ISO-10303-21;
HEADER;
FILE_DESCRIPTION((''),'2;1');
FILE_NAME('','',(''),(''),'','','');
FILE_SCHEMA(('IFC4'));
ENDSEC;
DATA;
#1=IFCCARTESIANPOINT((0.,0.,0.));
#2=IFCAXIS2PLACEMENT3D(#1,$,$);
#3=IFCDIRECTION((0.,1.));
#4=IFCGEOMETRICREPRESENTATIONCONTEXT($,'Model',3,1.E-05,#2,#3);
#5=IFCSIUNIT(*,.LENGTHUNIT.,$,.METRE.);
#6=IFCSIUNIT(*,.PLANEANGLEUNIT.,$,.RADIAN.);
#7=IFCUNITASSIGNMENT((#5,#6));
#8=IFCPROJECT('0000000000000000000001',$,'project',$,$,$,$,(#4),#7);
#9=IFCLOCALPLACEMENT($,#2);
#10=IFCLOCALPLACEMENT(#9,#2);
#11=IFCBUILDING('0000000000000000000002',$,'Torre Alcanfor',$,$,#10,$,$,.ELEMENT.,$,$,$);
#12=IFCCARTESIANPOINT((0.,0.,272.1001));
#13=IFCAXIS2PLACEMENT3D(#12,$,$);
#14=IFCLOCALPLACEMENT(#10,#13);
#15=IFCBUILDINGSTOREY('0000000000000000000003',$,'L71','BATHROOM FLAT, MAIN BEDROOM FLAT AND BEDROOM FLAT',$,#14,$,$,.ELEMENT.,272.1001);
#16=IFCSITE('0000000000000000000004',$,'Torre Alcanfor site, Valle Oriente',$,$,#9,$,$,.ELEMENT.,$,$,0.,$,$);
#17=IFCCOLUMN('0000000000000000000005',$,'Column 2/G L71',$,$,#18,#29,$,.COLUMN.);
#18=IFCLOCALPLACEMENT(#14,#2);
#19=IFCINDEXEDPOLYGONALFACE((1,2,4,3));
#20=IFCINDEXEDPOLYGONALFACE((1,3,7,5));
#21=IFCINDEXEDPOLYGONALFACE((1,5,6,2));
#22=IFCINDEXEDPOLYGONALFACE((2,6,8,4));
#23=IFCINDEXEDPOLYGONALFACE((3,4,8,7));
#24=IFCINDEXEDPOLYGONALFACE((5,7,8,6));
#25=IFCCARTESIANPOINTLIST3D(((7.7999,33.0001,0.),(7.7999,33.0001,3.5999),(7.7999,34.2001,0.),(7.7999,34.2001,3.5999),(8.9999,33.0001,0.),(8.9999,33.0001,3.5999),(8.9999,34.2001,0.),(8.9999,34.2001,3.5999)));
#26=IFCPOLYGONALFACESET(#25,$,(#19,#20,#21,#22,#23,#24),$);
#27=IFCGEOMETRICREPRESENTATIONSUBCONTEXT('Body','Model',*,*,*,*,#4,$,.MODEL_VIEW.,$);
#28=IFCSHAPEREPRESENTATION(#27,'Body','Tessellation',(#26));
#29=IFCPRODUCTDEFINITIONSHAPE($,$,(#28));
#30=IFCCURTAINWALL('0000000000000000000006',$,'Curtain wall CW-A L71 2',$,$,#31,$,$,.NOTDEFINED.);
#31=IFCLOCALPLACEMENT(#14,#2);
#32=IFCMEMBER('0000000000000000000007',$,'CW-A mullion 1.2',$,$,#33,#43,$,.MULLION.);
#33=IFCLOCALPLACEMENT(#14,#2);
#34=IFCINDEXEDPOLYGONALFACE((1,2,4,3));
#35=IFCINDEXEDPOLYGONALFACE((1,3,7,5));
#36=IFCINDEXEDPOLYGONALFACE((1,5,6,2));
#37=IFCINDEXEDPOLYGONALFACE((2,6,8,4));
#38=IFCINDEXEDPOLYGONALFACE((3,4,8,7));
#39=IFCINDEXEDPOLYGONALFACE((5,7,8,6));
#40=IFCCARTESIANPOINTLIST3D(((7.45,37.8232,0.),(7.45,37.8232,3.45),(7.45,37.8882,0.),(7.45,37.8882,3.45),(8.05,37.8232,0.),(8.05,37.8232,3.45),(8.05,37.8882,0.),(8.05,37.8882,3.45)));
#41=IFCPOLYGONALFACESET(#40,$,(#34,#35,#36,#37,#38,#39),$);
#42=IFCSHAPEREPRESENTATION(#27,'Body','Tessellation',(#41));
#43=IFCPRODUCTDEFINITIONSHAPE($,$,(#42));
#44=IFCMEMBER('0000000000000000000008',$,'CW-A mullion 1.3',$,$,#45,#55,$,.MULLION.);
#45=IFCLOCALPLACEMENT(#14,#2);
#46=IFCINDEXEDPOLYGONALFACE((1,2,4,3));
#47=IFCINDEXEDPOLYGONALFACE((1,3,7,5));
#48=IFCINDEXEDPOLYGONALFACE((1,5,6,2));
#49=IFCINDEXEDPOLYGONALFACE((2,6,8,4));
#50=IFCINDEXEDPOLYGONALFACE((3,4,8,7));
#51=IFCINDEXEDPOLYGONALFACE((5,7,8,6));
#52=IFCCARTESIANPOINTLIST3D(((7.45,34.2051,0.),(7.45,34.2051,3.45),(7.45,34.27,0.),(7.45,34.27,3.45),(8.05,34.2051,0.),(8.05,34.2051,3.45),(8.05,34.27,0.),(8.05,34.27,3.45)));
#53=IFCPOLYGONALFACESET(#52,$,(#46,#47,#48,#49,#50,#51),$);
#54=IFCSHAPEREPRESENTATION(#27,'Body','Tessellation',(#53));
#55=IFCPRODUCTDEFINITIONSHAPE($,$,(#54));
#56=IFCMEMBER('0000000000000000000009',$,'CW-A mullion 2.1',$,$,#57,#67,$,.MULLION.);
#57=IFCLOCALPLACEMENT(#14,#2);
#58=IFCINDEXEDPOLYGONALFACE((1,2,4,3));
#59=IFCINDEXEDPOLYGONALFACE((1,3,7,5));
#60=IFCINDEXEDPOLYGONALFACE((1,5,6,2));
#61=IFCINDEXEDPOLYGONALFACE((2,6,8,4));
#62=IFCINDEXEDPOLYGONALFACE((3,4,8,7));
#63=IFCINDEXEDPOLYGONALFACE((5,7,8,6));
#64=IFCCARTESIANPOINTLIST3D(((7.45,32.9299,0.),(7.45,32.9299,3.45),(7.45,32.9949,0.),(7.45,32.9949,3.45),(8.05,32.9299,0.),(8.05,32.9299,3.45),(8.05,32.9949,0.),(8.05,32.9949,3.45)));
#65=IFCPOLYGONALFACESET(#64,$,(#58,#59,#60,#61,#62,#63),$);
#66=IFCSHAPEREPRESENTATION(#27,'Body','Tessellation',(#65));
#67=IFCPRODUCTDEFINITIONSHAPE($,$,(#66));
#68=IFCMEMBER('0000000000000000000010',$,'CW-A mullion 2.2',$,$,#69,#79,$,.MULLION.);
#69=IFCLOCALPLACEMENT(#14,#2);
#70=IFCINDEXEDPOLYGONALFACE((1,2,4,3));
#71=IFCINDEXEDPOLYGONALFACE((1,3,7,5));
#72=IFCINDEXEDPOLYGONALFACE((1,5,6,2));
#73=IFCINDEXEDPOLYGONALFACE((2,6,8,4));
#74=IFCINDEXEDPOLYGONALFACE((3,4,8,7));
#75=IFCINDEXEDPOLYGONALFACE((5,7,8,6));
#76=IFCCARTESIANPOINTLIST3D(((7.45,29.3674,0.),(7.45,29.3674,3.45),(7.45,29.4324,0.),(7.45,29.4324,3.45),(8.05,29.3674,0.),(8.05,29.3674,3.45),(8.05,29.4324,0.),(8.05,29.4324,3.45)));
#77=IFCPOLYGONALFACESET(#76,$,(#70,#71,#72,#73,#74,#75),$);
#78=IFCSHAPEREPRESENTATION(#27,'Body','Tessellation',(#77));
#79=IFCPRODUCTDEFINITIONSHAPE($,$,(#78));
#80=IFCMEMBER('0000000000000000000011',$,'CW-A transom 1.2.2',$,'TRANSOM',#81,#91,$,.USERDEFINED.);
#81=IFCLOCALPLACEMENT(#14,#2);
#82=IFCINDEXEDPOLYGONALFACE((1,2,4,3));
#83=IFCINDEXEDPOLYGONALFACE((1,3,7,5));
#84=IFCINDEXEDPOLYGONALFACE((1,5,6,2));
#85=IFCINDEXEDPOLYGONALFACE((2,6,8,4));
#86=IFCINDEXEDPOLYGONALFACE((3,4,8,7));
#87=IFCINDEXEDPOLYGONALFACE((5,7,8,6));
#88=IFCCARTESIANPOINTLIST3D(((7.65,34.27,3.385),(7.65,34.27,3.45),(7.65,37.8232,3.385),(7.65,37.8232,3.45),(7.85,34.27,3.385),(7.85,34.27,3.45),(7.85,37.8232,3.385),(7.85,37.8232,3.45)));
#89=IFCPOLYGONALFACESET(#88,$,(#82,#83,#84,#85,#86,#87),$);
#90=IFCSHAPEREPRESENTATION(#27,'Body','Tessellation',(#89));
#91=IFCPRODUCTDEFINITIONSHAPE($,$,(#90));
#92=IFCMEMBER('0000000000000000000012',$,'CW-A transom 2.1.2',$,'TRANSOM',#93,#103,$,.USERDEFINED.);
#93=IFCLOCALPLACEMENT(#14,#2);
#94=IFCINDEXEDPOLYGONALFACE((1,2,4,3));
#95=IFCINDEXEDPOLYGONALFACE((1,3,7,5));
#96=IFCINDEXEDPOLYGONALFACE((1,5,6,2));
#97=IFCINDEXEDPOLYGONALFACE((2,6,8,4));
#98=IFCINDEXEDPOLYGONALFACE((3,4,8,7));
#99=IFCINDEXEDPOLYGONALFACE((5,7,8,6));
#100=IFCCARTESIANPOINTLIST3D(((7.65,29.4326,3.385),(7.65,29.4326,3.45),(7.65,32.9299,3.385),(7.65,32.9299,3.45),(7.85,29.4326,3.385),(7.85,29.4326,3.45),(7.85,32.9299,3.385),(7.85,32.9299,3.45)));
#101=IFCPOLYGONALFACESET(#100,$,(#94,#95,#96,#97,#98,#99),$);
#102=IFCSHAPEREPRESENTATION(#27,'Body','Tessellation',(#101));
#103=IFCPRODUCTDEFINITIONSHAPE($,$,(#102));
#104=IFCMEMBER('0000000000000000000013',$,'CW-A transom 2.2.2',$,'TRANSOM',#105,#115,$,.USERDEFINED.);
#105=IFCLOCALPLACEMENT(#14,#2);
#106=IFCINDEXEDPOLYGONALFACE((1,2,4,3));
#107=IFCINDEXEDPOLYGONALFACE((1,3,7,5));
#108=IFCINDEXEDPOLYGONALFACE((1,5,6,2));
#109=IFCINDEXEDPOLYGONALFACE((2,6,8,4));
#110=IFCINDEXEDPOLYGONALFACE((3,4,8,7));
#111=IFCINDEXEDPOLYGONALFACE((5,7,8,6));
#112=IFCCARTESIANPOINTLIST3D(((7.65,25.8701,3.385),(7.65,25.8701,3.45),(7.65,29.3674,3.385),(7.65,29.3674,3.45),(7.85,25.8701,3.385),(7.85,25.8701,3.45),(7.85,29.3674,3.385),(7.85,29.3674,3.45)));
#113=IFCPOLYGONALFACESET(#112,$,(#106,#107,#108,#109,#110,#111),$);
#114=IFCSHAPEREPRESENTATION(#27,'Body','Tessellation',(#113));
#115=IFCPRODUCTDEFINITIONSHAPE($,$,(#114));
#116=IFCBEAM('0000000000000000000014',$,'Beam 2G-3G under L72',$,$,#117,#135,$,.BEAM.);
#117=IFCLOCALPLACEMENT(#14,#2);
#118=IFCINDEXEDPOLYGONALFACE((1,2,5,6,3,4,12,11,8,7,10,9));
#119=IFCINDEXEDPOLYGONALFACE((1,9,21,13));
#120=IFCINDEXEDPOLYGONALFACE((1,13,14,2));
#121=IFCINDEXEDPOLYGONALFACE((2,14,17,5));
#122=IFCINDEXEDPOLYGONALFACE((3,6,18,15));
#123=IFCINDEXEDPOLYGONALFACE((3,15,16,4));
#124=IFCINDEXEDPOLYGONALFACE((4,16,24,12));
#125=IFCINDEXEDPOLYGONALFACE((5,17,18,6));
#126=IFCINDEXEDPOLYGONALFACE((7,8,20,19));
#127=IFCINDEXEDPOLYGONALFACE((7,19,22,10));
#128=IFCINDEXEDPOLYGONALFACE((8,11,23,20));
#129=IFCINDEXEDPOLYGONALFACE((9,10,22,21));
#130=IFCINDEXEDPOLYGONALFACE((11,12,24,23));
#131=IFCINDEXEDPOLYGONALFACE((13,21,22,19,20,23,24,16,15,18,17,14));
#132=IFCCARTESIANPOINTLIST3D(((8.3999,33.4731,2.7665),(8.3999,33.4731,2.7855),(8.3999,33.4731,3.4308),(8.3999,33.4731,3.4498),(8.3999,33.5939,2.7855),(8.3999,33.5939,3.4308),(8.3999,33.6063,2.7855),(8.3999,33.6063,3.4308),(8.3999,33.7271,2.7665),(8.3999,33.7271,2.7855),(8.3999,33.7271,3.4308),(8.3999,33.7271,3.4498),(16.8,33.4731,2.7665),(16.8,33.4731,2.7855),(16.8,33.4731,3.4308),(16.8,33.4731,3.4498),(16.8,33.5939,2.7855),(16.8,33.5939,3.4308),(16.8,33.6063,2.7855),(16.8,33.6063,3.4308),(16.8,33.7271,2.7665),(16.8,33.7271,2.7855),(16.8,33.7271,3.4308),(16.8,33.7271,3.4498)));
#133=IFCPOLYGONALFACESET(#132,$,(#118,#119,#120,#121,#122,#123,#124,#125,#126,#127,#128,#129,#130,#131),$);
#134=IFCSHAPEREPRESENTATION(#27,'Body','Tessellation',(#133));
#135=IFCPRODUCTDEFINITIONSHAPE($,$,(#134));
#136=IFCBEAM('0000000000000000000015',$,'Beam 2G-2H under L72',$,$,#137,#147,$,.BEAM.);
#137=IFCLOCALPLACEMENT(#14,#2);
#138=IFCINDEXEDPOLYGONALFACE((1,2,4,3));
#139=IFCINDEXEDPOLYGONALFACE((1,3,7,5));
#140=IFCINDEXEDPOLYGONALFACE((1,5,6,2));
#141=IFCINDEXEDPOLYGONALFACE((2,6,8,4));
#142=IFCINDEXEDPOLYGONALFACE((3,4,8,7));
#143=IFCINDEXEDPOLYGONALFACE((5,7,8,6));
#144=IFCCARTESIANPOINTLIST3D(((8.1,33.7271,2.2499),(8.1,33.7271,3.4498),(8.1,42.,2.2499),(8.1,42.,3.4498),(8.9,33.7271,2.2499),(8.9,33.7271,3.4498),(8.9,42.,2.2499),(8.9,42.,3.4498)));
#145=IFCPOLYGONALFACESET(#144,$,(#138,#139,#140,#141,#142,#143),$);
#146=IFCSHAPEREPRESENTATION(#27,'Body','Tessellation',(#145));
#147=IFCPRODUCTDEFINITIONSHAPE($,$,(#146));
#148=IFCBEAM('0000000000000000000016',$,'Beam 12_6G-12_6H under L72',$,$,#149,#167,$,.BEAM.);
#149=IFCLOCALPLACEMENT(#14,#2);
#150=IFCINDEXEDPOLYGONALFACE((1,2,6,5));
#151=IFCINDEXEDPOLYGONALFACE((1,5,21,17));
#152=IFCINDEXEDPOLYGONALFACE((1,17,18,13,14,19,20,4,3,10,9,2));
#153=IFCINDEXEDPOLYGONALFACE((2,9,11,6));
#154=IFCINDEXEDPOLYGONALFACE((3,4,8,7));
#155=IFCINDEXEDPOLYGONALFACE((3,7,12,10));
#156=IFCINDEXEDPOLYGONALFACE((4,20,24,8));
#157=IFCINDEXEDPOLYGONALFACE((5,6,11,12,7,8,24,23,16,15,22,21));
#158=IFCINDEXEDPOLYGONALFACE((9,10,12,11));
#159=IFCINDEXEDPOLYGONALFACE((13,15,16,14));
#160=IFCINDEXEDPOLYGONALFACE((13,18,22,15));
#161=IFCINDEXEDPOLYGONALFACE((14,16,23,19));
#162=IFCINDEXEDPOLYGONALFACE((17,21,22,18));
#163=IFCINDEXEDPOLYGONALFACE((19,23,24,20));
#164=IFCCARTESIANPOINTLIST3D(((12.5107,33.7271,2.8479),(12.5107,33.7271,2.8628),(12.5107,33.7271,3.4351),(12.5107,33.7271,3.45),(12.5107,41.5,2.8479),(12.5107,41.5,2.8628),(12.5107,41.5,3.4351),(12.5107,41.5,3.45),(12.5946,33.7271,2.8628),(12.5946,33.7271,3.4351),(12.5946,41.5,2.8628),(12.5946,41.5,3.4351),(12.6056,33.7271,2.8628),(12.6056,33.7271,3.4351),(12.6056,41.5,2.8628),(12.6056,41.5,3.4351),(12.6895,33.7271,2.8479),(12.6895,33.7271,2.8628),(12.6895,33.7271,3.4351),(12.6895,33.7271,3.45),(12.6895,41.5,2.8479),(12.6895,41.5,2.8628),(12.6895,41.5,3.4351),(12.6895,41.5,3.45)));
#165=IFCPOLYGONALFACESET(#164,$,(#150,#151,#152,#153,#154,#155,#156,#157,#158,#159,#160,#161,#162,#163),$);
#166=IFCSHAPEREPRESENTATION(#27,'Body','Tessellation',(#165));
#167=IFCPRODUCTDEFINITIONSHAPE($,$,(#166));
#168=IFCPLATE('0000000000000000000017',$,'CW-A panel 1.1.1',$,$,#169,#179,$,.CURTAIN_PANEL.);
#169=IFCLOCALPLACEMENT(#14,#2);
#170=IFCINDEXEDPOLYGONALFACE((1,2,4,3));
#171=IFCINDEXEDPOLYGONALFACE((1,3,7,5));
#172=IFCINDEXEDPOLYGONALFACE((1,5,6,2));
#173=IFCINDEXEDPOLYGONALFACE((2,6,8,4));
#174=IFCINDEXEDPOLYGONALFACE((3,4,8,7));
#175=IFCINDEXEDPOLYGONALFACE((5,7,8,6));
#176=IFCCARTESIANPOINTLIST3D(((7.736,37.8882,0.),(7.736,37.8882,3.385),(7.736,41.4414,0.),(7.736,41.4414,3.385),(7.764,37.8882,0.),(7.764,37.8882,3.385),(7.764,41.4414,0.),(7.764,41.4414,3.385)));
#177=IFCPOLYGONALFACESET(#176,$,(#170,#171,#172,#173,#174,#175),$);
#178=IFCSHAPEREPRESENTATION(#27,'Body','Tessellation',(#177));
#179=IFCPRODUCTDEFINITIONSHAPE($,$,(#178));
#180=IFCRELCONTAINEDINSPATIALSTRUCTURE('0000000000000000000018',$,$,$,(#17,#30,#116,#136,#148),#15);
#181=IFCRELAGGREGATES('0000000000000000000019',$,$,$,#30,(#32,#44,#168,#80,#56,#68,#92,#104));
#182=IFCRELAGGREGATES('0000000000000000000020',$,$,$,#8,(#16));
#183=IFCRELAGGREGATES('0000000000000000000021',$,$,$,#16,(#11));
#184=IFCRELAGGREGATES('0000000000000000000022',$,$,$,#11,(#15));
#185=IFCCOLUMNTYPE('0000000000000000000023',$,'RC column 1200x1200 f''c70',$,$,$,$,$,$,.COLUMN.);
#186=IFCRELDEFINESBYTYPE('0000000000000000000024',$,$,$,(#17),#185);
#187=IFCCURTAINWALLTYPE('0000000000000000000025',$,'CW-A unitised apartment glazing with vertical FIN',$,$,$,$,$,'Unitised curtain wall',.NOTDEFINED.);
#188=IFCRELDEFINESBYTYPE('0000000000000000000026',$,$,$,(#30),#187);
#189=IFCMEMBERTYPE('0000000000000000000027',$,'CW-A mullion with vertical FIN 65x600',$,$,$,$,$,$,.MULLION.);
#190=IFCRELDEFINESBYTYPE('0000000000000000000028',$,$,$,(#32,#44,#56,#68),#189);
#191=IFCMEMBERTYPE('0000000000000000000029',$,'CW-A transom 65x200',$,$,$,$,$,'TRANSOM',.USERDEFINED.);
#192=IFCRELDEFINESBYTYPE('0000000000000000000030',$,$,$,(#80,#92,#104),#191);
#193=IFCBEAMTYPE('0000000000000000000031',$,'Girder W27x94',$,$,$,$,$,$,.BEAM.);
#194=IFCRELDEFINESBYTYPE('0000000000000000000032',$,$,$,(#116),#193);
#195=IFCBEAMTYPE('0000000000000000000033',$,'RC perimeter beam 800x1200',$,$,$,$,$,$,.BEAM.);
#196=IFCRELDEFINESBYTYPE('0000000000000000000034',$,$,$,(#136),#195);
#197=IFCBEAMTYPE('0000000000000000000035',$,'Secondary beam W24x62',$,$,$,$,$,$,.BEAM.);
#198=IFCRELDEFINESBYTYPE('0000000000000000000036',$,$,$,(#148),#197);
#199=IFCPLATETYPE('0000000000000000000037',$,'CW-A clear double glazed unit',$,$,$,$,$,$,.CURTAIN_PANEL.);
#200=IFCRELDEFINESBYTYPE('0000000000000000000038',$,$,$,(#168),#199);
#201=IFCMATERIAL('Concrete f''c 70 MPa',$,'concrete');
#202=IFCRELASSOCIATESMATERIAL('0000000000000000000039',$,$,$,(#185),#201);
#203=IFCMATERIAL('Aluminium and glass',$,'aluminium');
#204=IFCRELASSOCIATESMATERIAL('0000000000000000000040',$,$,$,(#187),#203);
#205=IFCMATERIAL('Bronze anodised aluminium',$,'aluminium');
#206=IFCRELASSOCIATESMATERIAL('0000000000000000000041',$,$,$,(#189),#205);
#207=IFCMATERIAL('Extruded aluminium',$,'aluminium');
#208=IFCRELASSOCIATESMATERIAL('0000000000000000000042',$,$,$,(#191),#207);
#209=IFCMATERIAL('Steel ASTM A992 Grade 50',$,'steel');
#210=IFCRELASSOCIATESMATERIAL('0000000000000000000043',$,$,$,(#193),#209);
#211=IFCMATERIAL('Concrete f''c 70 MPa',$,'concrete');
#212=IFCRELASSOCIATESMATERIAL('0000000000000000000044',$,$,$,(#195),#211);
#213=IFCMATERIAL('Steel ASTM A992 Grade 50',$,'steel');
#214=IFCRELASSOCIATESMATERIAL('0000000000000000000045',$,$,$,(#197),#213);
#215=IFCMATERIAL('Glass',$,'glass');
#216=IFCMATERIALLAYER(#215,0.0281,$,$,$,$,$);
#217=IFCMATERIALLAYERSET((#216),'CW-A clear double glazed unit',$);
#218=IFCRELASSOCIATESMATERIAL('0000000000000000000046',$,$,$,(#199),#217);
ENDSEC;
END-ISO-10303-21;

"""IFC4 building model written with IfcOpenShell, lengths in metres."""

from ifc_helpers import new_model, si_unit, direction, frame, origin, origin_2d, place, context, subcontext, project, spatial, rectangle, i_section, extrude, material, layer, layer_set, material_profile, profile_set, type_object, element, aggregate, save


model = new_model("IFC4")

# Units and contexts
model_context = context("Model", 3, precision=1e-05, world=origin(), true_north=direction((0.0, 1.0)))
body_context = subcontext(model_context, "Body", "Model", "MODEL_VIEW")
ifc_project = project(units=[si_unit("LENGTHUNIT", "METRE"), si_unit("PLANEANGLEUNIT", "RADIAN")], contexts=[model_context])

# Site, building, storey
site_placement = place(None, origin())
site = spatial("IfcSite", under=ifc_project, at=site_placement, Name="Torre Alcanfor site, Valle Oriente", CompositionType="ELEMENT", RefElevation=0.0)
building_placement = place(site_placement, origin())
building = spatial("IfcBuilding", under=site, at=building_placement, Name="Torre Alcanfor", CompositionType="ELEMENT")
storey_placement = place(building_placement, frame((0.0, 0.0, 272.1001)))
storey = spatial("IfcBuildingStorey", under=building, at=storey_placement, Name="L71", Description="BATHROOM FLAT, MAIN BEDROOM FLAT AND BEDROOM FLAT", CompositionType="ELEMENT", Elevation=272.1001)

# Column
ifc_material_1 = material(Name="Concrete f'c 70 MPa", Category="concrete")
ifc_material_profile_1 = material_profile(ifc_material_1, rectangle(XDim=1.2, YDim=1.2, at=origin_2d()), Name="1200x1200")
ifc_profile_set_1 = profile_set([ifc_material_profile_1], Name="Concrete f'c 70 MPa")
column_type = type_object("IfcColumnType", Name="RC column 1200x1200 f'c70", PredefinedType="COLUMN", material=ifc_profile_set_1)
column_placement = place(storey_placement, frame((8.3999, 33.6001, 0.0), z_axis=(0.0, 0.0, 1.0), x_axis=(1.0, 0.0, 0.0)))
element("IfcColumn", 1, at=column_placement, inside=storey, type_object=column_type, Name="Column 2/G L71", PredefinedType="COLUMN", context=body_context, shape_type="SweptSolid", body=[
    extrude(rectangle(XDim=1.2, YDim=1.2, at=origin_2d()), origin(), (0.0, 0.0, 1.0), 3.5999),
])

# Curtain wall, members
ifc_material_2 = material(Name="Aluminium and glass", Category="aluminium")
curtain_wall_type = type_object("IfcCurtainWallType", Name="CW-A unitised apartment glazing with vertical FIN", ElementType="Unitised curtain wall", PredefinedType="NOTDEFINED", material=ifc_material_2)
curtain_wall_placement = place(storey_placement, origin())
curtain_wall = element("IfcCurtainWall", 2, at=curtain_wall_placement, inside=storey, type_object=curtain_wall_type, Name="Curtain wall CW-A L71 2", PredefinedType="NOTDEFINED")
ifc_material_3 = material(Name="Bronze anodised aluminium", Category="aluminium")
ifc_material_profile_2 = material_profile(ifc_material_3, rectangle(XDim=0.6001, YDim=0.0649, at=origin_2d()), Name="CW-A mullion 65x600")
ifc_profile_set_2 = profile_set([ifc_material_profile_2], Name="Bronze anodised aluminium")
member_type_1 = type_object("IfcMemberType", Name="CW-A mullion with vertical FIN 65x600", PredefinedType="MULLION", material=ifc_profile_set_2)
member_1_placement = place(storey_placement, frame((7.75, 37.8557, 0.0), z_axis=(0.0, 0.0, 1.0), x_axis=(1.0, 0.0, 0.0)))
member_1 = element("IfcMember", 3, at=member_1_placement, type_object=member_type_1, Name="CW-A mullion 1.2", PredefinedType="MULLION", context=body_context, shape_type="SweptSolid", body=[
    extrude(rectangle(XDim=0.6001, YDim=0.0649, at=origin_2d()), origin(), (0.0, 0.0, 1.0), 3.45),
])
member_2_placement = place(storey_placement, frame((7.75, 34.2375, 0.0), z_axis=(0.0, 0.0, 1.0), x_axis=(1.0, 0.0, 0.0)))
member_2 = element("IfcMember", 4, at=member_2_placement, type_object=member_type_1, Name="CW-A mullion 1.3", PredefinedType="MULLION", context=body_context, shape_type="SweptSolid", body=[
    extrude(rectangle(XDim=0.6001, YDim=0.0649, at=origin_2d()), origin(), (0.0, 0.0, 1.0), 3.45),
])
member_3_placement = place(storey_placement, frame((7.75, 32.9624, 0.0), z_axis=(0.0, 0.0, 1.0), x_axis=(1.0, 0.0, 0.0)))
member_3 = element("IfcMember", 5, at=member_3_placement, type_object=member_type_1, Name="CW-A mullion 2.1", PredefinedType="MULLION", context=body_context, shape_type="SweptSolid", body=[
    extrude(rectangle(XDim=0.6001, YDim=0.0649, at=origin_2d()), origin(), (0.0, 0.0, 1.0), 3.45),
])
member_4_placement = place(storey_placement, frame((7.75, 29.3999, 0.0), z_axis=(0.0, 0.0, 1.0), x_axis=(1.0, 0.0, 0.0)))
member_4 = element("IfcMember", 6, at=member_4_placement, type_object=member_type_1, Name="CW-A mullion 2.2", PredefinedType="MULLION", context=body_context, shape_type="SweptSolid", body=[
    extrude(rectangle(XDim=0.6001, YDim=0.0649, at=origin_2d()), origin(), (0.0, 0.0, 1.0), 3.45),
])
ifc_material_4 = material(Name="Extruded aluminium", Category="aluminium")
ifc_material_profile_3 = material_profile(ifc_material_4, rectangle(XDim=0.2, YDim=0.0649, at=origin_2d()), Name="CW-A transom 200x65")
ifc_profile_set_3 = profile_set([ifc_material_profile_3], Name="Extruded aluminium")
member_type_2 = type_object("IfcMemberType", Name="CW-A transom 65x200", ElementType="TRANSOM", PredefinedType="USERDEFINED", material=ifc_profile_set_3)
member_5_placement = place(storey_placement, frame((7.75, 37.8232, 3.4175), z_axis=(0.0, -1.0, 0.0), x_axis=(1.0, 0.0, 0.0)))
member_5 = element("IfcMember", 7, at=member_5_placement, type_object=member_type_2, Name="CW-A transom 1.2.2", ObjectType="TRANSOM", PredefinedType="USERDEFINED", context=body_context, shape_type="SweptSolid", body=[
    extrude(rectangle(XDim=0.2, YDim=0.0649, at=origin_2d()), origin(), (0.0, 0.0, 1.0), 3.5532),
])
member_6_placement = place(storey_placement, frame((7.75, 32.9299, 3.4175), z_axis=(0.0, -1.0, 0.0), x_axis=(1.0, 0.0, 0.0)))
member_6 = element("IfcMember", 8, at=member_6_placement, type_object=member_type_2, Name="CW-A transom 2.1.2", ObjectType="TRANSOM", PredefinedType="USERDEFINED", context=body_context, shape_type="SweptSolid", body=[
    extrude(rectangle(XDim=0.2, YDim=0.0649, at=origin_2d()), origin(), (0.0, 0.0, 1.0), 3.4973),
])
member_7_placement = place(storey_placement, frame((7.75, 29.3674, 3.4175), z_axis=(0.0, -1.0, 0.0), x_axis=(1.0, 0.0, 0.0)))
member_7 = element("IfcMember", 9, at=member_7_placement, type_object=member_type_2, Name="CW-A transom 2.2.2", ObjectType="TRANSOM", PredefinedType="USERDEFINED", context=body_context, shape_type="SweptSolid", body=[
    extrude(rectangle(XDim=0.2, YDim=0.0649, at=origin_2d()), origin(), (0.0, 0.0, 1.0), 3.4973),
])

# Beams
ifc_material_5 = material(Name="Steel ASTM A992 Grade 50", Category="steel")
ifc_material_profile_4 = material_profile(ifc_material_5, i_section(OverallWidth=0.2539, OverallDepth=0.6833, WebThickness=0.0125, FlangeThickness=0.019, at=origin_2d()), Name="W27x94")
ifc_profile_set_4 = profile_set([ifc_material_profile_4], Name="Steel ASTM A992 Grade 50")
beam_type_1 = type_object("IfcBeamType", Name="Girder W27x94", PredefinedType="BEAM", material=ifc_profile_set_4)
beam_1_placement = place(storey_placement, frame((8.3999, 33.6001, 3.1082), z_axis=(1.0, 0.0, 0.0), x_axis=(0.0, 1.0, 0.0)))
element("IfcBeam", 10, at=beam_1_placement, inside=storey, type_object=beam_type_1, Name="Beam 2G-3G under L72", PredefinedType="BEAM", context=body_context, shape_type="SweptSolid", body=[
    extrude(i_section(OverallWidth=0.2539, OverallDepth=0.6833, WebThickness=0.0125, FlangeThickness=0.019, at=origin_2d()), origin(), (0.0, 0.0, 1.0), 8.4001),
])
ifc_material_6 = material(Name="Concrete f'c 70 MPa", Category="concrete")
ifc_material_profile_5 = material_profile(ifc_material_6, rectangle(XDim=0.8, YDim=1.2, at=origin_2d()), Name="800x1200")
ifc_profile_set_5 = profile_set([ifc_material_profile_5], Name="Concrete f'c 70 MPa")
beam_type_2 = type_object("IfcBeamType", Name="RC perimeter beam 800x1200", PredefinedType="BEAM", material=ifc_profile_set_5)
beam_2_placement = place(storey_placement, frame((8.5, 33.7271, 2.8499), z_axis=(0.0, 1.0, 0.0), x_axis=(-1.0, 0.0, 0.0)))
element("IfcBeam", 11, at=beam_2_placement, inside=storey, type_object=beam_type_2, Name="Beam 2G-2H under L72", PredefinedType="BEAM", context=body_context, shape_type="SweptSolid", body=[
    extrude(rectangle(XDim=0.8, YDim=1.2, at=origin_2d()), origin(), (0.0, 0.0, 1.0), 8.2729),
])
ifc_material_7 = material(Name="Steel ASTM A992 Grade 50", Category="steel")
ifc_material_profile_6 = material_profile(ifc_material_7, i_section(OverallWidth=0.1787, OverallDepth=0.6021, WebThickness=0.011, FlangeThickness=0.0149, at=origin_2d()), Name="W24x62")
ifc_profile_set_6 = profile_set([ifc_material_profile_6], Name="Steel ASTM A992 Grade 50")
beam_type_3 = type_object("IfcBeamType", Name="Secondary beam W24x62", PredefinedType="BEAM", material=ifc_profile_set_6)
beam_3_placement = place(storey_placement, frame((12.6001, 33.7271, 3.1489), z_axis=(0.0, 1.0, 0.0), x_axis=(-1.0, 0.0, 0.0)))
element("IfcBeam", 12, at=beam_3_placement, inside=storey, type_object=beam_type_3, Name="Beam 12_6G-12_6H under L72", PredefinedType="BEAM", context=body_context, shape_type="SweptSolid", body=[
    extrude(i_section(OverallWidth=0.1787, OverallDepth=0.6021, WebThickness=0.011, FlangeThickness=0.0149, at=origin_2d()), origin(), (0.0, 0.0, 1.0), 7.7729),
])

# Plate
ifc_material_8 = material(Name="Glass", Category="glass")
ifc_layer_1 = layer(ifc_material_8, 0.0281)
ifc_layer_set_1 = layer_set([ifc_layer_1], Name="CW-A clear double glazed unit")
plate_type = type_object("IfcPlateType", Name="CW-A clear double glazed unit", PredefinedType="CURTAIN_PANEL", material=ifc_layer_set_1)
plate_1_placement = place(storey_placement, frame((7.75, 39.6648, 0.0), z_axis=(0.0, 0.0, 1.0), x_axis=(0.0, -1.0, 0.0)))
plate_1 = element("IfcPlate", 13, at=plate_1_placement, type_object=plate_type, Name="CW-A panel 1.1.1", PredefinedType="CURTAIN_PANEL", context=body_context, shape_type="SweptSolid", body=[
    extrude(rectangle(XDim=3.5532, YDim=0.0281, at=origin_2d()), origin(), (0.0, 0.0, 1.0), 3.385),
])
aggregate(curtain_wall, [member_1, member_2, plate_1, member_5, member_3, member_4, member_6, member_7])

save(model, "model.ifc")
